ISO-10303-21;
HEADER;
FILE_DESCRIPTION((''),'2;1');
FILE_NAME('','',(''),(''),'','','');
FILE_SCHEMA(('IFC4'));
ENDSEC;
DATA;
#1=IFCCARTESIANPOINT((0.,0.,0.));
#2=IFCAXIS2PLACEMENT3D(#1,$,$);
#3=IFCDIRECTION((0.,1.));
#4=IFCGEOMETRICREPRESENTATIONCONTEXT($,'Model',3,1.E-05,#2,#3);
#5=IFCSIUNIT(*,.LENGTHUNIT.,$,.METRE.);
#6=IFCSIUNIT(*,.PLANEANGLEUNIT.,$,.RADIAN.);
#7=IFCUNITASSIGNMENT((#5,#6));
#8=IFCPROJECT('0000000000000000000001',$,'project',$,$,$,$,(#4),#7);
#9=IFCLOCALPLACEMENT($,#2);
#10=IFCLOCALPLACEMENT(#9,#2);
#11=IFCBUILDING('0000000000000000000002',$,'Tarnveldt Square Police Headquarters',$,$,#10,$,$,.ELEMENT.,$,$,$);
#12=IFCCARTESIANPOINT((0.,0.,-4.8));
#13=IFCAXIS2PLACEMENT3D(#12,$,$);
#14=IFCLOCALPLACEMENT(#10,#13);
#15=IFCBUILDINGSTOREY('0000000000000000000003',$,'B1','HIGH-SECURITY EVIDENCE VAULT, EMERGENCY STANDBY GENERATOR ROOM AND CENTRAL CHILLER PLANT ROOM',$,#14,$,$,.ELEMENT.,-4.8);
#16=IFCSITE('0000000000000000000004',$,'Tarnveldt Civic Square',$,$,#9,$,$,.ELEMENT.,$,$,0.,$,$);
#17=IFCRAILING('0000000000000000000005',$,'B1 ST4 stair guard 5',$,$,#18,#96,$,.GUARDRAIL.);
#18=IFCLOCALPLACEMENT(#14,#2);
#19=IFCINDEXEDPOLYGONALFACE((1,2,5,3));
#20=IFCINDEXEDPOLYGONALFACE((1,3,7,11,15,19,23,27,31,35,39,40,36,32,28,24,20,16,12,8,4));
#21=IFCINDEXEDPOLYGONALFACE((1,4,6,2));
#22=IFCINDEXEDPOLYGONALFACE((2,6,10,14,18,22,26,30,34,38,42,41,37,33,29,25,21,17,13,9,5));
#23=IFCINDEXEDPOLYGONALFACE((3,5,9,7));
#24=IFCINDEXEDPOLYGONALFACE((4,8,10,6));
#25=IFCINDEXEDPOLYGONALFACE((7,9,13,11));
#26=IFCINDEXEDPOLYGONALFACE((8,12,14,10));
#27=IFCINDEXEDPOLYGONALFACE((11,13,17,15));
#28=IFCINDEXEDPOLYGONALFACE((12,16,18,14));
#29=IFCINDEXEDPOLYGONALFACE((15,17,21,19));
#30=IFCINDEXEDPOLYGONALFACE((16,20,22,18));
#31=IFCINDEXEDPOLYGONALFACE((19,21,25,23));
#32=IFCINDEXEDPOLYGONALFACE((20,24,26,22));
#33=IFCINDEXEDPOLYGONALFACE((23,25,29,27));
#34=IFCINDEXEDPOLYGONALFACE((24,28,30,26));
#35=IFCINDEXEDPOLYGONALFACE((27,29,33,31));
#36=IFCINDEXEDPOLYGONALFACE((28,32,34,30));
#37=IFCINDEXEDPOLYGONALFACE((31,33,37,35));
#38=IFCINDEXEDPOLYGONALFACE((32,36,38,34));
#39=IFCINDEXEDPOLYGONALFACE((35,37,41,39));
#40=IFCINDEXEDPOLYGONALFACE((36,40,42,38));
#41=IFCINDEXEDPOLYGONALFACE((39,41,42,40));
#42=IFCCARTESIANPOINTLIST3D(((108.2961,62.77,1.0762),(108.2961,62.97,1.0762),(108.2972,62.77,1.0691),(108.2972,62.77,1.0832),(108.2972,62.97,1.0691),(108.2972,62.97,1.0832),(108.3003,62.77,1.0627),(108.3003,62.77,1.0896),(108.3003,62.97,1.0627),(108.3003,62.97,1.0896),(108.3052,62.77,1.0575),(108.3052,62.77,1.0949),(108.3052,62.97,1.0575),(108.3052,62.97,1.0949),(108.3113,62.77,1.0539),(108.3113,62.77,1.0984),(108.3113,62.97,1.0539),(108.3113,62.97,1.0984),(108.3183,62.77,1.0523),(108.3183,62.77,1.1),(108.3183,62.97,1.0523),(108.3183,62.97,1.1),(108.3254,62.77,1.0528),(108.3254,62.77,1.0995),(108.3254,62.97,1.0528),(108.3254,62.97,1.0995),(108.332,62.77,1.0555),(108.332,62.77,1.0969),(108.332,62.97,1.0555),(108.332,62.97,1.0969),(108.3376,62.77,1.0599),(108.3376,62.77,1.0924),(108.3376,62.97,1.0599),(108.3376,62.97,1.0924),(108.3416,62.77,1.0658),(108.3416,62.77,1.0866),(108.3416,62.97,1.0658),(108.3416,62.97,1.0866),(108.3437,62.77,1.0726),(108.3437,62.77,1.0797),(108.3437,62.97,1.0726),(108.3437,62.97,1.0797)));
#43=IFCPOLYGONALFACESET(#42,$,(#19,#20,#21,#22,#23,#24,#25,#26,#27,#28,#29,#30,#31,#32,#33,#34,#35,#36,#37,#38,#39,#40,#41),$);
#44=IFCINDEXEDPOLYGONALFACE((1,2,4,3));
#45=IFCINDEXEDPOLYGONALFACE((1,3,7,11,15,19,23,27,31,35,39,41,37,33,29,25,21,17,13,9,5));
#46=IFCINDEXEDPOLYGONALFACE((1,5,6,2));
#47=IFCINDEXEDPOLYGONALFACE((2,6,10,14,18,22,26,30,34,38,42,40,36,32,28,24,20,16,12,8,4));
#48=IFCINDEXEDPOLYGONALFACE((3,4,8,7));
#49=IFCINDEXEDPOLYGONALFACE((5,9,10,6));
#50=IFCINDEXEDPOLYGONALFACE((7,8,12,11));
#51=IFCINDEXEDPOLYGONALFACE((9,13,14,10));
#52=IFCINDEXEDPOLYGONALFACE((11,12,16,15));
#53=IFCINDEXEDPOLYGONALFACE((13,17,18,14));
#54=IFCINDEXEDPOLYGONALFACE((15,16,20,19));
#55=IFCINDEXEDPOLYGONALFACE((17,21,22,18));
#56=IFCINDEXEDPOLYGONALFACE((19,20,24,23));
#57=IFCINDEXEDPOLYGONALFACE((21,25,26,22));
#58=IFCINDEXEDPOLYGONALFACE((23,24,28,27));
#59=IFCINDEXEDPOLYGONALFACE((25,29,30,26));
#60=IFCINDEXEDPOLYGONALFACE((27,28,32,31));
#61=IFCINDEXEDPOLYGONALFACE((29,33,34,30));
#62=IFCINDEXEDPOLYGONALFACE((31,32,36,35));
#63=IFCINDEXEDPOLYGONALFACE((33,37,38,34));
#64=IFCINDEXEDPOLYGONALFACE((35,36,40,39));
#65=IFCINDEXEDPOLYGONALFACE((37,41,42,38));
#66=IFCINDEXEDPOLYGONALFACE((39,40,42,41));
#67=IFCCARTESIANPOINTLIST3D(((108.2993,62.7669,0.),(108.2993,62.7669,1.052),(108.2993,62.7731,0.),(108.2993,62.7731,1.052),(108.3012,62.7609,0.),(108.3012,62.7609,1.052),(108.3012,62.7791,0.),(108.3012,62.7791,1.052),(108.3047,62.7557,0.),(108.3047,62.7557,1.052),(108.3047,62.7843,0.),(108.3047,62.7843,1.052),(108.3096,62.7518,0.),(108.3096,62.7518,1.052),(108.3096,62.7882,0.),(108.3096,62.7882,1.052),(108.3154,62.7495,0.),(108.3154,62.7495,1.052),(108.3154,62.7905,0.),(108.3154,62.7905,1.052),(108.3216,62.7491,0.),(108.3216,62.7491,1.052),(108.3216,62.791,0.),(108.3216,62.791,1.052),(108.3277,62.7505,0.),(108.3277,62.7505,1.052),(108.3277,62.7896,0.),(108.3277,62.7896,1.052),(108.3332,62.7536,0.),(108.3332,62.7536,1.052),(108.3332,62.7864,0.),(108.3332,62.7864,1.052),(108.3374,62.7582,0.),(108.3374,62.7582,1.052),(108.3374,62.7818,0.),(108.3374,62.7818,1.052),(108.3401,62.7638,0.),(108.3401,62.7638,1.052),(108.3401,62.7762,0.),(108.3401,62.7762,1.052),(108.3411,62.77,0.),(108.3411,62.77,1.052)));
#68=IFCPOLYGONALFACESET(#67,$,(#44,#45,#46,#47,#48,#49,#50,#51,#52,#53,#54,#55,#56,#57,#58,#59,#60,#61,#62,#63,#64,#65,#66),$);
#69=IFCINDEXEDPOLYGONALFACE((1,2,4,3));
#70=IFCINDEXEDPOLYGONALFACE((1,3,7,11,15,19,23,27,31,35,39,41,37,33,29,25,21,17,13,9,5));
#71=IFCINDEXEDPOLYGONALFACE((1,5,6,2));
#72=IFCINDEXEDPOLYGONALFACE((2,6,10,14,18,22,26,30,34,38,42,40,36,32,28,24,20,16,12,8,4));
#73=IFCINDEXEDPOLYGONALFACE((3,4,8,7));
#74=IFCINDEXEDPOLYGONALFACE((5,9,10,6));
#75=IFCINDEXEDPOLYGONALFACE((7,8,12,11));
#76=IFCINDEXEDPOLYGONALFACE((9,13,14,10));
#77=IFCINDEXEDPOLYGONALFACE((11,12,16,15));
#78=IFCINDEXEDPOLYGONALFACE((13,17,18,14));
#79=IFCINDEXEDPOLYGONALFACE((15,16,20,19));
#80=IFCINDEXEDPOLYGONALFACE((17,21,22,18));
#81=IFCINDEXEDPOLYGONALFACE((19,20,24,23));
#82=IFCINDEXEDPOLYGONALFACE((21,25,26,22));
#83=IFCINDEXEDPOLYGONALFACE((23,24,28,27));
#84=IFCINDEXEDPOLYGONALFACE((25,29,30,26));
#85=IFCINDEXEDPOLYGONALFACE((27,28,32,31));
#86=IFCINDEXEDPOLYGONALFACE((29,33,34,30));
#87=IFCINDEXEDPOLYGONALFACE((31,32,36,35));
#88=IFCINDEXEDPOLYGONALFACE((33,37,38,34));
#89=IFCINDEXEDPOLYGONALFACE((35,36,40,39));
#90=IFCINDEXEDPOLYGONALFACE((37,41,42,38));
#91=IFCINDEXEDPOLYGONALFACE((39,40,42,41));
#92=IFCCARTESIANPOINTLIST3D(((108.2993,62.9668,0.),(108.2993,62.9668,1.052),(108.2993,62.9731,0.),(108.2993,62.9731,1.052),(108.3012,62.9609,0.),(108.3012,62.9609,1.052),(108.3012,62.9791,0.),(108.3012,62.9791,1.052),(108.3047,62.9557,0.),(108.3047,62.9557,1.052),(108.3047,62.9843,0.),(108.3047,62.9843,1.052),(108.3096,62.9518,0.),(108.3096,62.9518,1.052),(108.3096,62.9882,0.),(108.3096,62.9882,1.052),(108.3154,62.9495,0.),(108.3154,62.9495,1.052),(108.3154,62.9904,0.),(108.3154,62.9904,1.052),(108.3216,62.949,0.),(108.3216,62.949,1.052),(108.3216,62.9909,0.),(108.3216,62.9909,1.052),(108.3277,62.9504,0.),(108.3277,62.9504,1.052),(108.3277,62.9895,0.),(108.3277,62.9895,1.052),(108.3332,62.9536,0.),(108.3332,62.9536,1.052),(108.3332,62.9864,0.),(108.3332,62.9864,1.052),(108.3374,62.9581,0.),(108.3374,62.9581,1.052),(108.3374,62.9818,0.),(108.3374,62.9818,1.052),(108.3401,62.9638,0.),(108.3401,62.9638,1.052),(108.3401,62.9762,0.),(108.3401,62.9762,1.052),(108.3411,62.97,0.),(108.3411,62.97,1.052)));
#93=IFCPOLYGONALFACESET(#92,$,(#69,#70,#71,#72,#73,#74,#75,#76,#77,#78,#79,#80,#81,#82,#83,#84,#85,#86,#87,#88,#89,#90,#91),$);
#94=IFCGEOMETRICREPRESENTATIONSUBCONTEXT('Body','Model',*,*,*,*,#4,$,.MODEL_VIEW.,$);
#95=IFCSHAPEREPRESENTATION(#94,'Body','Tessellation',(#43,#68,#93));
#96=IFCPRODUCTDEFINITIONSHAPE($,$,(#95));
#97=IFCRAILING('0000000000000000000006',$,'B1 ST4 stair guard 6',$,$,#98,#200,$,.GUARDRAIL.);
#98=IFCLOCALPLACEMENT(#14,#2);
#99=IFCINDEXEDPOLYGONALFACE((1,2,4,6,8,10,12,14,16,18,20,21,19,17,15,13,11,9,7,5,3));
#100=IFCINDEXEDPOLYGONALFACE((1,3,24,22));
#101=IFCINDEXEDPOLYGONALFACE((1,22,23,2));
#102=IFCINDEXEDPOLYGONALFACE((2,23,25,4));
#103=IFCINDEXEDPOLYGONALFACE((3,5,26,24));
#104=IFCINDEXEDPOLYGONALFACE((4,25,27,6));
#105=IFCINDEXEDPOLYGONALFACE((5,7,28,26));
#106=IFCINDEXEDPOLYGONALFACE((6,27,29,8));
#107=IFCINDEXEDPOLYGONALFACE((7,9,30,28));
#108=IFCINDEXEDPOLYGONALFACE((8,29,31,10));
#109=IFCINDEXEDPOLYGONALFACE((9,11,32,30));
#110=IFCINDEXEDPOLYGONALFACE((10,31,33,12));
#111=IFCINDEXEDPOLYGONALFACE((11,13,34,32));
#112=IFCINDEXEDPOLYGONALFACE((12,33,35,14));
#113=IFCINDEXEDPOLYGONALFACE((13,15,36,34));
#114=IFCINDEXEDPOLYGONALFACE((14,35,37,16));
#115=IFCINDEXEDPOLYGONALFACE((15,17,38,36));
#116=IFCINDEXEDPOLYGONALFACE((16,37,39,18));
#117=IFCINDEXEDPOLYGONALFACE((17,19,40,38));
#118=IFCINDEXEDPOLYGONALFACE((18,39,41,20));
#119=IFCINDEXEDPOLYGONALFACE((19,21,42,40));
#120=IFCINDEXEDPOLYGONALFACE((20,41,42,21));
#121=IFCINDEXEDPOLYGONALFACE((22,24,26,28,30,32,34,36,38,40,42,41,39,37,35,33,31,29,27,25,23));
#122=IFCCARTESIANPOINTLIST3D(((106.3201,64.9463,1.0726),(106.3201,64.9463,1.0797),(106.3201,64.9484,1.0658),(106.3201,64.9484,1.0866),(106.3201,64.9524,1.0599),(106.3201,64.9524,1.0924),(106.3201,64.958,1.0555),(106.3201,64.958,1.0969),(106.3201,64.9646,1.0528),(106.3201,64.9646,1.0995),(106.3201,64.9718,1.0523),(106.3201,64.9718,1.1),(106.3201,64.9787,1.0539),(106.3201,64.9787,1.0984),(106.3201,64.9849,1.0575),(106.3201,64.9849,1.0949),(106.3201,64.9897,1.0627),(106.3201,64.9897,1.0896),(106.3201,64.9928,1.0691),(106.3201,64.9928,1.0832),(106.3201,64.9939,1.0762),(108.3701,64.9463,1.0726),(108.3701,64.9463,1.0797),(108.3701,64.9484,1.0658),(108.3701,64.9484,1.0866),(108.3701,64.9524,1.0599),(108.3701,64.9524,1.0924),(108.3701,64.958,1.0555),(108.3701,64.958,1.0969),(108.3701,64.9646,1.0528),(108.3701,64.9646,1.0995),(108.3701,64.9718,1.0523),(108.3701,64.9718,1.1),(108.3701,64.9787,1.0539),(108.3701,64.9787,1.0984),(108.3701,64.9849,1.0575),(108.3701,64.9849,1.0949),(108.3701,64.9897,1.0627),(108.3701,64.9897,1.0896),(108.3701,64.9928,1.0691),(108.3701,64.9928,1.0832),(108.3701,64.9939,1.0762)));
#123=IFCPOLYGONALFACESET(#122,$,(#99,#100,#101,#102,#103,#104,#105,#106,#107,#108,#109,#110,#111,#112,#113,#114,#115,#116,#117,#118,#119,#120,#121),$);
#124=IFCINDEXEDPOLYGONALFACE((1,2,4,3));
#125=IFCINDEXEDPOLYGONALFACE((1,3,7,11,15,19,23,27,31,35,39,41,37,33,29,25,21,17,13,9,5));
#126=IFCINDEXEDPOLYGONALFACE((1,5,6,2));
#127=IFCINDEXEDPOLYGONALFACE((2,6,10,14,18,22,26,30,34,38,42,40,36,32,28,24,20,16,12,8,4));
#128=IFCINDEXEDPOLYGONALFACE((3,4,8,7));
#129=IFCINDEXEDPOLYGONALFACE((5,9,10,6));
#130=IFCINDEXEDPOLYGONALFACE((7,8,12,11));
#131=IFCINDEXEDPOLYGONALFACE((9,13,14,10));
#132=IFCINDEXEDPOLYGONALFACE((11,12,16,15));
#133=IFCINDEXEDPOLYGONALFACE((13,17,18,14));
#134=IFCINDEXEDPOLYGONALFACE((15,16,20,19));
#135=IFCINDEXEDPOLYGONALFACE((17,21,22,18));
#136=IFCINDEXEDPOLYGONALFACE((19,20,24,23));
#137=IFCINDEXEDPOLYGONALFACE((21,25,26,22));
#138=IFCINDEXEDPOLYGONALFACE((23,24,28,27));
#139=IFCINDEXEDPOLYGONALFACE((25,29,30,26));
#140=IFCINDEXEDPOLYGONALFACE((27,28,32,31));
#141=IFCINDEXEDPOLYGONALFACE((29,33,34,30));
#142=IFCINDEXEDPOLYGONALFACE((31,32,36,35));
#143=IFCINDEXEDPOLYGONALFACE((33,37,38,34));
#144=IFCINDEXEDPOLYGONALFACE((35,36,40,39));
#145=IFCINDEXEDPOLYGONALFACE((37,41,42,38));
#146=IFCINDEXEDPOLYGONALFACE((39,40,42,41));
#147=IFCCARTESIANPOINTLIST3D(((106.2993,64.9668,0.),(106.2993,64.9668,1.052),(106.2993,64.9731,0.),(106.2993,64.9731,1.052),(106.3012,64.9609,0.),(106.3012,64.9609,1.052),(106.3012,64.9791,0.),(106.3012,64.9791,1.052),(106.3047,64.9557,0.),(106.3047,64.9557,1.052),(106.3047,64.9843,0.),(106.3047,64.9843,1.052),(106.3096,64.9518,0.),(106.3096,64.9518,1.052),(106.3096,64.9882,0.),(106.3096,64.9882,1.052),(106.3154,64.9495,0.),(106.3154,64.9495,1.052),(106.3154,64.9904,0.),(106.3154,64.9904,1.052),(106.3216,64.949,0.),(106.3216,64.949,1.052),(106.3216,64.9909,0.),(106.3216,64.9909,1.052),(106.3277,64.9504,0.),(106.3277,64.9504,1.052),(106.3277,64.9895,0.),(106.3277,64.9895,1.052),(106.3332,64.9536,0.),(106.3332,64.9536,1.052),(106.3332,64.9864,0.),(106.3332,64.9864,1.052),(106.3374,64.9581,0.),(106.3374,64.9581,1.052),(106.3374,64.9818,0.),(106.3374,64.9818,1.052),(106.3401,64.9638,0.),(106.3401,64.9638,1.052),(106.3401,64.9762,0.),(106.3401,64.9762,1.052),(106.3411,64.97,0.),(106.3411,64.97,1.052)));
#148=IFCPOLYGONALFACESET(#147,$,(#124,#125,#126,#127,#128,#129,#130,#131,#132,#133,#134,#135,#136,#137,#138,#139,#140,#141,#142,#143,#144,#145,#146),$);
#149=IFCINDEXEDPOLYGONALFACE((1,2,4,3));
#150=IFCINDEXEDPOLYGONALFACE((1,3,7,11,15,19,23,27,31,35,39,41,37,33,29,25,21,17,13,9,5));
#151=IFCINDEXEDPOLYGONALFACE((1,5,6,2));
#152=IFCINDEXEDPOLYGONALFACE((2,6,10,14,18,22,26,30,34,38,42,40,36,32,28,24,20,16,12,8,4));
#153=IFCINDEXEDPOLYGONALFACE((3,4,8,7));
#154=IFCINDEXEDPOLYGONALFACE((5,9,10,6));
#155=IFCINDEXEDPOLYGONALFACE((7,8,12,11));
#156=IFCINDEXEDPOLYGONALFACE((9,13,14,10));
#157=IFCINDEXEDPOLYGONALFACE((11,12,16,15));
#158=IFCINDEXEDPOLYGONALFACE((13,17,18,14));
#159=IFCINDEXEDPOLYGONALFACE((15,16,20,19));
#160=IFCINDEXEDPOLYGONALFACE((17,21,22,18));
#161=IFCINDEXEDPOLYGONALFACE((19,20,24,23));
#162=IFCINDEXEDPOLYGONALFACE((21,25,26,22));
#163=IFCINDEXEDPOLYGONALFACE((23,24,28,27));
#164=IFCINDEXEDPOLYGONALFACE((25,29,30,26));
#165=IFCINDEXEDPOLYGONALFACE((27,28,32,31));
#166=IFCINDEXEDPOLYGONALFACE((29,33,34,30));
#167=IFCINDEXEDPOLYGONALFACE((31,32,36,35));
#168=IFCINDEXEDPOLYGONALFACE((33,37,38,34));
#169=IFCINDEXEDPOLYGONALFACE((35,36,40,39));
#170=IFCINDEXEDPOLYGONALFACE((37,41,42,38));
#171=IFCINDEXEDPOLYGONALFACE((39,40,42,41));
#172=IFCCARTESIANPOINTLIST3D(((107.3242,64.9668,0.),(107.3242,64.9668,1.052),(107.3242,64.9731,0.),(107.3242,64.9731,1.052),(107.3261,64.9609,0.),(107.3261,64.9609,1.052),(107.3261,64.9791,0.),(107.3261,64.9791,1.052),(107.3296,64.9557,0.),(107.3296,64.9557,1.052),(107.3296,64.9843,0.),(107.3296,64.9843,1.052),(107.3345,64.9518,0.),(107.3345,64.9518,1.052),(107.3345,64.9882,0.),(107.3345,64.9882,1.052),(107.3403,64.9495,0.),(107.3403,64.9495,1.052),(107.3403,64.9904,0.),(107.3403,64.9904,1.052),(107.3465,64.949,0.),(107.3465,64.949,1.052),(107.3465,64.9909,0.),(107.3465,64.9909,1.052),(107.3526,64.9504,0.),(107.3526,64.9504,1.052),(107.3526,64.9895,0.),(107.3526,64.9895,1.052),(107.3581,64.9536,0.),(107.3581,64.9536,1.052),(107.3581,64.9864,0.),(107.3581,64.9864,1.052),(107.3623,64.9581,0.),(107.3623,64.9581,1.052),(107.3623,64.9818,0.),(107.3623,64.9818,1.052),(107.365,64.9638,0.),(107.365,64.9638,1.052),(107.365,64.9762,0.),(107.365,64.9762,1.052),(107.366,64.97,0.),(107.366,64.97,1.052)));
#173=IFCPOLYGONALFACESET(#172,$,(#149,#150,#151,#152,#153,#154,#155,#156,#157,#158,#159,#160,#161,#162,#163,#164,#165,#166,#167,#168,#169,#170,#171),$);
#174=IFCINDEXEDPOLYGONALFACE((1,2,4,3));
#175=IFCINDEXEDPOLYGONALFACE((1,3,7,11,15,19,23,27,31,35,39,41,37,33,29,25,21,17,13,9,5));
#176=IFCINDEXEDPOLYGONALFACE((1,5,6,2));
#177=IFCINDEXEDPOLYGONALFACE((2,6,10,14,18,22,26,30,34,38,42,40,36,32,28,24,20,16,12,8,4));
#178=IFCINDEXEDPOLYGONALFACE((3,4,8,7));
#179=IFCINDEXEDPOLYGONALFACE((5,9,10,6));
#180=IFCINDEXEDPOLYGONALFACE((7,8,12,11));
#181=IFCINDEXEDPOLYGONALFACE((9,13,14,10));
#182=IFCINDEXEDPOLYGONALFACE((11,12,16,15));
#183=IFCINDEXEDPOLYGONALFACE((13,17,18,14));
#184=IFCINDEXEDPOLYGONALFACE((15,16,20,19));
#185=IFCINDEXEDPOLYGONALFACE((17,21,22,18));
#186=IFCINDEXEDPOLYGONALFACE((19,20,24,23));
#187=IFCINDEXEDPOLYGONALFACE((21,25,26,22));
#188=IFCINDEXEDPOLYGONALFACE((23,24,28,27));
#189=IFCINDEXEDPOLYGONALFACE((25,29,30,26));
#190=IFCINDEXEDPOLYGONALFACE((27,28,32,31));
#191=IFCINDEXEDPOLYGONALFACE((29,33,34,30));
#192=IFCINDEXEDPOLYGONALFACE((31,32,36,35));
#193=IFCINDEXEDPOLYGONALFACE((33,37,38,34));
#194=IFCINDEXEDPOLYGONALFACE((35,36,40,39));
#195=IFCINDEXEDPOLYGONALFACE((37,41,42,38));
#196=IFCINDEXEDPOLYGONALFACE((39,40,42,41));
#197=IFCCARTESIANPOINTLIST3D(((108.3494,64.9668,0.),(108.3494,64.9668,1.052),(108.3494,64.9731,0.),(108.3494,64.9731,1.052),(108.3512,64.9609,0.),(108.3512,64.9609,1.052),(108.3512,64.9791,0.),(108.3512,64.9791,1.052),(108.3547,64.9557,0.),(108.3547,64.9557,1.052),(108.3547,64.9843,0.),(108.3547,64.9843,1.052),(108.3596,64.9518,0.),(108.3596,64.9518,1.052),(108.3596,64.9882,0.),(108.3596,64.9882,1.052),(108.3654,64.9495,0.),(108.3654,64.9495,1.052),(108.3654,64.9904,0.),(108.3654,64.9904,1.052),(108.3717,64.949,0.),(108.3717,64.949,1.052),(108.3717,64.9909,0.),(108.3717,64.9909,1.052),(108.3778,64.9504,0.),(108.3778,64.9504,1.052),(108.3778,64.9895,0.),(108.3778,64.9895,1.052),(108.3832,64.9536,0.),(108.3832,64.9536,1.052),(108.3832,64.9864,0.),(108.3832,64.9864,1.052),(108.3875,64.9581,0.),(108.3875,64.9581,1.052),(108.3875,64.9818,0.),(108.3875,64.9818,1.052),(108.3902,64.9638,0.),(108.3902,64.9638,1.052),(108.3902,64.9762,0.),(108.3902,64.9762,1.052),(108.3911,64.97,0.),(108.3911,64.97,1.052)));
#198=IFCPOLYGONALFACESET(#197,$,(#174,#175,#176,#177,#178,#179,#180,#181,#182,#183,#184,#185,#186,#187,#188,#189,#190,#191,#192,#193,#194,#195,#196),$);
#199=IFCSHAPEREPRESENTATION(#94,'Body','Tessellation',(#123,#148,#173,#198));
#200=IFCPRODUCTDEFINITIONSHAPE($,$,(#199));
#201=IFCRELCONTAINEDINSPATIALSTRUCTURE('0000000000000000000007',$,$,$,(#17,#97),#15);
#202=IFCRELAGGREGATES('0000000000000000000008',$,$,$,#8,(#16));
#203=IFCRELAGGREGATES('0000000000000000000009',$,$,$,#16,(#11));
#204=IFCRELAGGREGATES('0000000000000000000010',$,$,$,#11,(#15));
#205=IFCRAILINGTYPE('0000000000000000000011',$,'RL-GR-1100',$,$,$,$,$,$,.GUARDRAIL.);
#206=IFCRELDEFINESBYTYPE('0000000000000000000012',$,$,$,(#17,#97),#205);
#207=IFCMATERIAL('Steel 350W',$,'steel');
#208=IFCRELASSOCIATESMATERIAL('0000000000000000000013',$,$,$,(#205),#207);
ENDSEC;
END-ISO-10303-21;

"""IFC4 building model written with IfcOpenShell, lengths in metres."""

from ifc_helpers import new_model, si_unit, direction, frame, origin, origin_2d, place, context, subcontext, project, spatial, circle, extrude, material, type_object, element, save


model = new_model("IFC4")

# Units and contexts
model_context = context("Model", 3, precision=1e-05, world=origin(), true_north=direction((0.0, 1.0)))
body_context = subcontext(model_context, "Body", "Model", "MODEL_VIEW")
ifc_project = project(units=[si_unit("LENGTHUNIT", "METRE"), si_unit("PLANEANGLEUNIT", "RADIAN")], contexts=[model_context])

# Site, building, storey
site_placement = place(None, origin())
site = spatial("IfcSite", under=ifc_project, at=site_placement, Name="Tarnveldt Civic Square", CompositionType="ELEMENT", RefElevation=0.0)
building_placement = place(site_placement, origin())
building = spatial("IfcBuilding", under=site, at=building_placement, Name="Tarnveldt Square Police Headquarters", CompositionType="ELEMENT")
storey_placement = place(building_placement, frame((0.0, 0.0, -4.8)))
storey = spatial("IfcBuildingStorey", under=building, at=storey_placement, Name="B1", Description="HIGH-SECURITY EVIDENCE VAULT, EMERGENCY STANDBY GENERATOR ROOM AND CENTRAL CHILLER PLANT ROOM", CompositionType="ELEMENT", Elevation=-4.8)

# Railings
ifc_material_1 = material(Name="Steel 350W", Category="steel")
railing_type = type_object("IfcRailingType", Name="RL-GR-1100", PredefinedType="GUARDRAIL", material=ifc_material_1)
railing_1_placement = place(storey_placement, frame((108.3201, 62.77, 0.0)))
element("IfcRailing", 1, at=railing_1_placement, inside=storey, type_object=railing_type, Name="B1 ST4 stair guard 5", PredefinedType="GUARDRAIL", context=body_context, shape_type="SweptSolid", body=[
    extrude(circle(Radius=0.0239, at=origin_2d()), frame((0.0, 0.0, 1.0762), z_axis=(0.0, 1.0, 0.0), x_axis=(-1.0, 0.0, 0.0)), (0.0, 0.0, 1.0), 0.2),
    extrude(circle(Radius=0.021, at=origin_2d()), origin(), (0.0, 0.0, 1.0), 1.052),
    extrude(circle(Radius=0.021, at=origin_2d()), frame((0.0, 0.2, 0.0)), (0.0, 0.0, 1.0), 1.052),
])
railing_2_placement = place(storey_placement, frame((106.3201, 64.97, 0.0)))
element("IfcRailing", 2, at=railing_2_placement, inside=storey, type_object=railing_type, Name="B1 ST4 stair guard 6", PredefinedType="GUARDRAIL", context=body_context, shape_type="SweptSolid", body=[
    extrude(circle(Radius=0.0239, at=origin_2d()), frame((0.0, 0.0, 1.0762), z_axis=(1.0, 0.0, 0.0), x_axis=(0.0, 1.0, 0.0)), (0.0, 0.0, 1.0), 2.05),
    extrude(circle(Radius=0.021, at=origin_2d()), origin(), (0.0, 0.0, 1.0), 1.052),
    extrude(circle(Radius=0.021, at=origin_2d()), frame((1.0249, 0.0, 0.0)), (0.0, 0.0, 1.0), 1.052),
    extrude(circle(Radius=0.021, at=origin_2d()), frame((2.05, 0.0, 0.0)), (0.0, 0.0, 1.0), 1.052),
])

save(model, "model.ifc")
